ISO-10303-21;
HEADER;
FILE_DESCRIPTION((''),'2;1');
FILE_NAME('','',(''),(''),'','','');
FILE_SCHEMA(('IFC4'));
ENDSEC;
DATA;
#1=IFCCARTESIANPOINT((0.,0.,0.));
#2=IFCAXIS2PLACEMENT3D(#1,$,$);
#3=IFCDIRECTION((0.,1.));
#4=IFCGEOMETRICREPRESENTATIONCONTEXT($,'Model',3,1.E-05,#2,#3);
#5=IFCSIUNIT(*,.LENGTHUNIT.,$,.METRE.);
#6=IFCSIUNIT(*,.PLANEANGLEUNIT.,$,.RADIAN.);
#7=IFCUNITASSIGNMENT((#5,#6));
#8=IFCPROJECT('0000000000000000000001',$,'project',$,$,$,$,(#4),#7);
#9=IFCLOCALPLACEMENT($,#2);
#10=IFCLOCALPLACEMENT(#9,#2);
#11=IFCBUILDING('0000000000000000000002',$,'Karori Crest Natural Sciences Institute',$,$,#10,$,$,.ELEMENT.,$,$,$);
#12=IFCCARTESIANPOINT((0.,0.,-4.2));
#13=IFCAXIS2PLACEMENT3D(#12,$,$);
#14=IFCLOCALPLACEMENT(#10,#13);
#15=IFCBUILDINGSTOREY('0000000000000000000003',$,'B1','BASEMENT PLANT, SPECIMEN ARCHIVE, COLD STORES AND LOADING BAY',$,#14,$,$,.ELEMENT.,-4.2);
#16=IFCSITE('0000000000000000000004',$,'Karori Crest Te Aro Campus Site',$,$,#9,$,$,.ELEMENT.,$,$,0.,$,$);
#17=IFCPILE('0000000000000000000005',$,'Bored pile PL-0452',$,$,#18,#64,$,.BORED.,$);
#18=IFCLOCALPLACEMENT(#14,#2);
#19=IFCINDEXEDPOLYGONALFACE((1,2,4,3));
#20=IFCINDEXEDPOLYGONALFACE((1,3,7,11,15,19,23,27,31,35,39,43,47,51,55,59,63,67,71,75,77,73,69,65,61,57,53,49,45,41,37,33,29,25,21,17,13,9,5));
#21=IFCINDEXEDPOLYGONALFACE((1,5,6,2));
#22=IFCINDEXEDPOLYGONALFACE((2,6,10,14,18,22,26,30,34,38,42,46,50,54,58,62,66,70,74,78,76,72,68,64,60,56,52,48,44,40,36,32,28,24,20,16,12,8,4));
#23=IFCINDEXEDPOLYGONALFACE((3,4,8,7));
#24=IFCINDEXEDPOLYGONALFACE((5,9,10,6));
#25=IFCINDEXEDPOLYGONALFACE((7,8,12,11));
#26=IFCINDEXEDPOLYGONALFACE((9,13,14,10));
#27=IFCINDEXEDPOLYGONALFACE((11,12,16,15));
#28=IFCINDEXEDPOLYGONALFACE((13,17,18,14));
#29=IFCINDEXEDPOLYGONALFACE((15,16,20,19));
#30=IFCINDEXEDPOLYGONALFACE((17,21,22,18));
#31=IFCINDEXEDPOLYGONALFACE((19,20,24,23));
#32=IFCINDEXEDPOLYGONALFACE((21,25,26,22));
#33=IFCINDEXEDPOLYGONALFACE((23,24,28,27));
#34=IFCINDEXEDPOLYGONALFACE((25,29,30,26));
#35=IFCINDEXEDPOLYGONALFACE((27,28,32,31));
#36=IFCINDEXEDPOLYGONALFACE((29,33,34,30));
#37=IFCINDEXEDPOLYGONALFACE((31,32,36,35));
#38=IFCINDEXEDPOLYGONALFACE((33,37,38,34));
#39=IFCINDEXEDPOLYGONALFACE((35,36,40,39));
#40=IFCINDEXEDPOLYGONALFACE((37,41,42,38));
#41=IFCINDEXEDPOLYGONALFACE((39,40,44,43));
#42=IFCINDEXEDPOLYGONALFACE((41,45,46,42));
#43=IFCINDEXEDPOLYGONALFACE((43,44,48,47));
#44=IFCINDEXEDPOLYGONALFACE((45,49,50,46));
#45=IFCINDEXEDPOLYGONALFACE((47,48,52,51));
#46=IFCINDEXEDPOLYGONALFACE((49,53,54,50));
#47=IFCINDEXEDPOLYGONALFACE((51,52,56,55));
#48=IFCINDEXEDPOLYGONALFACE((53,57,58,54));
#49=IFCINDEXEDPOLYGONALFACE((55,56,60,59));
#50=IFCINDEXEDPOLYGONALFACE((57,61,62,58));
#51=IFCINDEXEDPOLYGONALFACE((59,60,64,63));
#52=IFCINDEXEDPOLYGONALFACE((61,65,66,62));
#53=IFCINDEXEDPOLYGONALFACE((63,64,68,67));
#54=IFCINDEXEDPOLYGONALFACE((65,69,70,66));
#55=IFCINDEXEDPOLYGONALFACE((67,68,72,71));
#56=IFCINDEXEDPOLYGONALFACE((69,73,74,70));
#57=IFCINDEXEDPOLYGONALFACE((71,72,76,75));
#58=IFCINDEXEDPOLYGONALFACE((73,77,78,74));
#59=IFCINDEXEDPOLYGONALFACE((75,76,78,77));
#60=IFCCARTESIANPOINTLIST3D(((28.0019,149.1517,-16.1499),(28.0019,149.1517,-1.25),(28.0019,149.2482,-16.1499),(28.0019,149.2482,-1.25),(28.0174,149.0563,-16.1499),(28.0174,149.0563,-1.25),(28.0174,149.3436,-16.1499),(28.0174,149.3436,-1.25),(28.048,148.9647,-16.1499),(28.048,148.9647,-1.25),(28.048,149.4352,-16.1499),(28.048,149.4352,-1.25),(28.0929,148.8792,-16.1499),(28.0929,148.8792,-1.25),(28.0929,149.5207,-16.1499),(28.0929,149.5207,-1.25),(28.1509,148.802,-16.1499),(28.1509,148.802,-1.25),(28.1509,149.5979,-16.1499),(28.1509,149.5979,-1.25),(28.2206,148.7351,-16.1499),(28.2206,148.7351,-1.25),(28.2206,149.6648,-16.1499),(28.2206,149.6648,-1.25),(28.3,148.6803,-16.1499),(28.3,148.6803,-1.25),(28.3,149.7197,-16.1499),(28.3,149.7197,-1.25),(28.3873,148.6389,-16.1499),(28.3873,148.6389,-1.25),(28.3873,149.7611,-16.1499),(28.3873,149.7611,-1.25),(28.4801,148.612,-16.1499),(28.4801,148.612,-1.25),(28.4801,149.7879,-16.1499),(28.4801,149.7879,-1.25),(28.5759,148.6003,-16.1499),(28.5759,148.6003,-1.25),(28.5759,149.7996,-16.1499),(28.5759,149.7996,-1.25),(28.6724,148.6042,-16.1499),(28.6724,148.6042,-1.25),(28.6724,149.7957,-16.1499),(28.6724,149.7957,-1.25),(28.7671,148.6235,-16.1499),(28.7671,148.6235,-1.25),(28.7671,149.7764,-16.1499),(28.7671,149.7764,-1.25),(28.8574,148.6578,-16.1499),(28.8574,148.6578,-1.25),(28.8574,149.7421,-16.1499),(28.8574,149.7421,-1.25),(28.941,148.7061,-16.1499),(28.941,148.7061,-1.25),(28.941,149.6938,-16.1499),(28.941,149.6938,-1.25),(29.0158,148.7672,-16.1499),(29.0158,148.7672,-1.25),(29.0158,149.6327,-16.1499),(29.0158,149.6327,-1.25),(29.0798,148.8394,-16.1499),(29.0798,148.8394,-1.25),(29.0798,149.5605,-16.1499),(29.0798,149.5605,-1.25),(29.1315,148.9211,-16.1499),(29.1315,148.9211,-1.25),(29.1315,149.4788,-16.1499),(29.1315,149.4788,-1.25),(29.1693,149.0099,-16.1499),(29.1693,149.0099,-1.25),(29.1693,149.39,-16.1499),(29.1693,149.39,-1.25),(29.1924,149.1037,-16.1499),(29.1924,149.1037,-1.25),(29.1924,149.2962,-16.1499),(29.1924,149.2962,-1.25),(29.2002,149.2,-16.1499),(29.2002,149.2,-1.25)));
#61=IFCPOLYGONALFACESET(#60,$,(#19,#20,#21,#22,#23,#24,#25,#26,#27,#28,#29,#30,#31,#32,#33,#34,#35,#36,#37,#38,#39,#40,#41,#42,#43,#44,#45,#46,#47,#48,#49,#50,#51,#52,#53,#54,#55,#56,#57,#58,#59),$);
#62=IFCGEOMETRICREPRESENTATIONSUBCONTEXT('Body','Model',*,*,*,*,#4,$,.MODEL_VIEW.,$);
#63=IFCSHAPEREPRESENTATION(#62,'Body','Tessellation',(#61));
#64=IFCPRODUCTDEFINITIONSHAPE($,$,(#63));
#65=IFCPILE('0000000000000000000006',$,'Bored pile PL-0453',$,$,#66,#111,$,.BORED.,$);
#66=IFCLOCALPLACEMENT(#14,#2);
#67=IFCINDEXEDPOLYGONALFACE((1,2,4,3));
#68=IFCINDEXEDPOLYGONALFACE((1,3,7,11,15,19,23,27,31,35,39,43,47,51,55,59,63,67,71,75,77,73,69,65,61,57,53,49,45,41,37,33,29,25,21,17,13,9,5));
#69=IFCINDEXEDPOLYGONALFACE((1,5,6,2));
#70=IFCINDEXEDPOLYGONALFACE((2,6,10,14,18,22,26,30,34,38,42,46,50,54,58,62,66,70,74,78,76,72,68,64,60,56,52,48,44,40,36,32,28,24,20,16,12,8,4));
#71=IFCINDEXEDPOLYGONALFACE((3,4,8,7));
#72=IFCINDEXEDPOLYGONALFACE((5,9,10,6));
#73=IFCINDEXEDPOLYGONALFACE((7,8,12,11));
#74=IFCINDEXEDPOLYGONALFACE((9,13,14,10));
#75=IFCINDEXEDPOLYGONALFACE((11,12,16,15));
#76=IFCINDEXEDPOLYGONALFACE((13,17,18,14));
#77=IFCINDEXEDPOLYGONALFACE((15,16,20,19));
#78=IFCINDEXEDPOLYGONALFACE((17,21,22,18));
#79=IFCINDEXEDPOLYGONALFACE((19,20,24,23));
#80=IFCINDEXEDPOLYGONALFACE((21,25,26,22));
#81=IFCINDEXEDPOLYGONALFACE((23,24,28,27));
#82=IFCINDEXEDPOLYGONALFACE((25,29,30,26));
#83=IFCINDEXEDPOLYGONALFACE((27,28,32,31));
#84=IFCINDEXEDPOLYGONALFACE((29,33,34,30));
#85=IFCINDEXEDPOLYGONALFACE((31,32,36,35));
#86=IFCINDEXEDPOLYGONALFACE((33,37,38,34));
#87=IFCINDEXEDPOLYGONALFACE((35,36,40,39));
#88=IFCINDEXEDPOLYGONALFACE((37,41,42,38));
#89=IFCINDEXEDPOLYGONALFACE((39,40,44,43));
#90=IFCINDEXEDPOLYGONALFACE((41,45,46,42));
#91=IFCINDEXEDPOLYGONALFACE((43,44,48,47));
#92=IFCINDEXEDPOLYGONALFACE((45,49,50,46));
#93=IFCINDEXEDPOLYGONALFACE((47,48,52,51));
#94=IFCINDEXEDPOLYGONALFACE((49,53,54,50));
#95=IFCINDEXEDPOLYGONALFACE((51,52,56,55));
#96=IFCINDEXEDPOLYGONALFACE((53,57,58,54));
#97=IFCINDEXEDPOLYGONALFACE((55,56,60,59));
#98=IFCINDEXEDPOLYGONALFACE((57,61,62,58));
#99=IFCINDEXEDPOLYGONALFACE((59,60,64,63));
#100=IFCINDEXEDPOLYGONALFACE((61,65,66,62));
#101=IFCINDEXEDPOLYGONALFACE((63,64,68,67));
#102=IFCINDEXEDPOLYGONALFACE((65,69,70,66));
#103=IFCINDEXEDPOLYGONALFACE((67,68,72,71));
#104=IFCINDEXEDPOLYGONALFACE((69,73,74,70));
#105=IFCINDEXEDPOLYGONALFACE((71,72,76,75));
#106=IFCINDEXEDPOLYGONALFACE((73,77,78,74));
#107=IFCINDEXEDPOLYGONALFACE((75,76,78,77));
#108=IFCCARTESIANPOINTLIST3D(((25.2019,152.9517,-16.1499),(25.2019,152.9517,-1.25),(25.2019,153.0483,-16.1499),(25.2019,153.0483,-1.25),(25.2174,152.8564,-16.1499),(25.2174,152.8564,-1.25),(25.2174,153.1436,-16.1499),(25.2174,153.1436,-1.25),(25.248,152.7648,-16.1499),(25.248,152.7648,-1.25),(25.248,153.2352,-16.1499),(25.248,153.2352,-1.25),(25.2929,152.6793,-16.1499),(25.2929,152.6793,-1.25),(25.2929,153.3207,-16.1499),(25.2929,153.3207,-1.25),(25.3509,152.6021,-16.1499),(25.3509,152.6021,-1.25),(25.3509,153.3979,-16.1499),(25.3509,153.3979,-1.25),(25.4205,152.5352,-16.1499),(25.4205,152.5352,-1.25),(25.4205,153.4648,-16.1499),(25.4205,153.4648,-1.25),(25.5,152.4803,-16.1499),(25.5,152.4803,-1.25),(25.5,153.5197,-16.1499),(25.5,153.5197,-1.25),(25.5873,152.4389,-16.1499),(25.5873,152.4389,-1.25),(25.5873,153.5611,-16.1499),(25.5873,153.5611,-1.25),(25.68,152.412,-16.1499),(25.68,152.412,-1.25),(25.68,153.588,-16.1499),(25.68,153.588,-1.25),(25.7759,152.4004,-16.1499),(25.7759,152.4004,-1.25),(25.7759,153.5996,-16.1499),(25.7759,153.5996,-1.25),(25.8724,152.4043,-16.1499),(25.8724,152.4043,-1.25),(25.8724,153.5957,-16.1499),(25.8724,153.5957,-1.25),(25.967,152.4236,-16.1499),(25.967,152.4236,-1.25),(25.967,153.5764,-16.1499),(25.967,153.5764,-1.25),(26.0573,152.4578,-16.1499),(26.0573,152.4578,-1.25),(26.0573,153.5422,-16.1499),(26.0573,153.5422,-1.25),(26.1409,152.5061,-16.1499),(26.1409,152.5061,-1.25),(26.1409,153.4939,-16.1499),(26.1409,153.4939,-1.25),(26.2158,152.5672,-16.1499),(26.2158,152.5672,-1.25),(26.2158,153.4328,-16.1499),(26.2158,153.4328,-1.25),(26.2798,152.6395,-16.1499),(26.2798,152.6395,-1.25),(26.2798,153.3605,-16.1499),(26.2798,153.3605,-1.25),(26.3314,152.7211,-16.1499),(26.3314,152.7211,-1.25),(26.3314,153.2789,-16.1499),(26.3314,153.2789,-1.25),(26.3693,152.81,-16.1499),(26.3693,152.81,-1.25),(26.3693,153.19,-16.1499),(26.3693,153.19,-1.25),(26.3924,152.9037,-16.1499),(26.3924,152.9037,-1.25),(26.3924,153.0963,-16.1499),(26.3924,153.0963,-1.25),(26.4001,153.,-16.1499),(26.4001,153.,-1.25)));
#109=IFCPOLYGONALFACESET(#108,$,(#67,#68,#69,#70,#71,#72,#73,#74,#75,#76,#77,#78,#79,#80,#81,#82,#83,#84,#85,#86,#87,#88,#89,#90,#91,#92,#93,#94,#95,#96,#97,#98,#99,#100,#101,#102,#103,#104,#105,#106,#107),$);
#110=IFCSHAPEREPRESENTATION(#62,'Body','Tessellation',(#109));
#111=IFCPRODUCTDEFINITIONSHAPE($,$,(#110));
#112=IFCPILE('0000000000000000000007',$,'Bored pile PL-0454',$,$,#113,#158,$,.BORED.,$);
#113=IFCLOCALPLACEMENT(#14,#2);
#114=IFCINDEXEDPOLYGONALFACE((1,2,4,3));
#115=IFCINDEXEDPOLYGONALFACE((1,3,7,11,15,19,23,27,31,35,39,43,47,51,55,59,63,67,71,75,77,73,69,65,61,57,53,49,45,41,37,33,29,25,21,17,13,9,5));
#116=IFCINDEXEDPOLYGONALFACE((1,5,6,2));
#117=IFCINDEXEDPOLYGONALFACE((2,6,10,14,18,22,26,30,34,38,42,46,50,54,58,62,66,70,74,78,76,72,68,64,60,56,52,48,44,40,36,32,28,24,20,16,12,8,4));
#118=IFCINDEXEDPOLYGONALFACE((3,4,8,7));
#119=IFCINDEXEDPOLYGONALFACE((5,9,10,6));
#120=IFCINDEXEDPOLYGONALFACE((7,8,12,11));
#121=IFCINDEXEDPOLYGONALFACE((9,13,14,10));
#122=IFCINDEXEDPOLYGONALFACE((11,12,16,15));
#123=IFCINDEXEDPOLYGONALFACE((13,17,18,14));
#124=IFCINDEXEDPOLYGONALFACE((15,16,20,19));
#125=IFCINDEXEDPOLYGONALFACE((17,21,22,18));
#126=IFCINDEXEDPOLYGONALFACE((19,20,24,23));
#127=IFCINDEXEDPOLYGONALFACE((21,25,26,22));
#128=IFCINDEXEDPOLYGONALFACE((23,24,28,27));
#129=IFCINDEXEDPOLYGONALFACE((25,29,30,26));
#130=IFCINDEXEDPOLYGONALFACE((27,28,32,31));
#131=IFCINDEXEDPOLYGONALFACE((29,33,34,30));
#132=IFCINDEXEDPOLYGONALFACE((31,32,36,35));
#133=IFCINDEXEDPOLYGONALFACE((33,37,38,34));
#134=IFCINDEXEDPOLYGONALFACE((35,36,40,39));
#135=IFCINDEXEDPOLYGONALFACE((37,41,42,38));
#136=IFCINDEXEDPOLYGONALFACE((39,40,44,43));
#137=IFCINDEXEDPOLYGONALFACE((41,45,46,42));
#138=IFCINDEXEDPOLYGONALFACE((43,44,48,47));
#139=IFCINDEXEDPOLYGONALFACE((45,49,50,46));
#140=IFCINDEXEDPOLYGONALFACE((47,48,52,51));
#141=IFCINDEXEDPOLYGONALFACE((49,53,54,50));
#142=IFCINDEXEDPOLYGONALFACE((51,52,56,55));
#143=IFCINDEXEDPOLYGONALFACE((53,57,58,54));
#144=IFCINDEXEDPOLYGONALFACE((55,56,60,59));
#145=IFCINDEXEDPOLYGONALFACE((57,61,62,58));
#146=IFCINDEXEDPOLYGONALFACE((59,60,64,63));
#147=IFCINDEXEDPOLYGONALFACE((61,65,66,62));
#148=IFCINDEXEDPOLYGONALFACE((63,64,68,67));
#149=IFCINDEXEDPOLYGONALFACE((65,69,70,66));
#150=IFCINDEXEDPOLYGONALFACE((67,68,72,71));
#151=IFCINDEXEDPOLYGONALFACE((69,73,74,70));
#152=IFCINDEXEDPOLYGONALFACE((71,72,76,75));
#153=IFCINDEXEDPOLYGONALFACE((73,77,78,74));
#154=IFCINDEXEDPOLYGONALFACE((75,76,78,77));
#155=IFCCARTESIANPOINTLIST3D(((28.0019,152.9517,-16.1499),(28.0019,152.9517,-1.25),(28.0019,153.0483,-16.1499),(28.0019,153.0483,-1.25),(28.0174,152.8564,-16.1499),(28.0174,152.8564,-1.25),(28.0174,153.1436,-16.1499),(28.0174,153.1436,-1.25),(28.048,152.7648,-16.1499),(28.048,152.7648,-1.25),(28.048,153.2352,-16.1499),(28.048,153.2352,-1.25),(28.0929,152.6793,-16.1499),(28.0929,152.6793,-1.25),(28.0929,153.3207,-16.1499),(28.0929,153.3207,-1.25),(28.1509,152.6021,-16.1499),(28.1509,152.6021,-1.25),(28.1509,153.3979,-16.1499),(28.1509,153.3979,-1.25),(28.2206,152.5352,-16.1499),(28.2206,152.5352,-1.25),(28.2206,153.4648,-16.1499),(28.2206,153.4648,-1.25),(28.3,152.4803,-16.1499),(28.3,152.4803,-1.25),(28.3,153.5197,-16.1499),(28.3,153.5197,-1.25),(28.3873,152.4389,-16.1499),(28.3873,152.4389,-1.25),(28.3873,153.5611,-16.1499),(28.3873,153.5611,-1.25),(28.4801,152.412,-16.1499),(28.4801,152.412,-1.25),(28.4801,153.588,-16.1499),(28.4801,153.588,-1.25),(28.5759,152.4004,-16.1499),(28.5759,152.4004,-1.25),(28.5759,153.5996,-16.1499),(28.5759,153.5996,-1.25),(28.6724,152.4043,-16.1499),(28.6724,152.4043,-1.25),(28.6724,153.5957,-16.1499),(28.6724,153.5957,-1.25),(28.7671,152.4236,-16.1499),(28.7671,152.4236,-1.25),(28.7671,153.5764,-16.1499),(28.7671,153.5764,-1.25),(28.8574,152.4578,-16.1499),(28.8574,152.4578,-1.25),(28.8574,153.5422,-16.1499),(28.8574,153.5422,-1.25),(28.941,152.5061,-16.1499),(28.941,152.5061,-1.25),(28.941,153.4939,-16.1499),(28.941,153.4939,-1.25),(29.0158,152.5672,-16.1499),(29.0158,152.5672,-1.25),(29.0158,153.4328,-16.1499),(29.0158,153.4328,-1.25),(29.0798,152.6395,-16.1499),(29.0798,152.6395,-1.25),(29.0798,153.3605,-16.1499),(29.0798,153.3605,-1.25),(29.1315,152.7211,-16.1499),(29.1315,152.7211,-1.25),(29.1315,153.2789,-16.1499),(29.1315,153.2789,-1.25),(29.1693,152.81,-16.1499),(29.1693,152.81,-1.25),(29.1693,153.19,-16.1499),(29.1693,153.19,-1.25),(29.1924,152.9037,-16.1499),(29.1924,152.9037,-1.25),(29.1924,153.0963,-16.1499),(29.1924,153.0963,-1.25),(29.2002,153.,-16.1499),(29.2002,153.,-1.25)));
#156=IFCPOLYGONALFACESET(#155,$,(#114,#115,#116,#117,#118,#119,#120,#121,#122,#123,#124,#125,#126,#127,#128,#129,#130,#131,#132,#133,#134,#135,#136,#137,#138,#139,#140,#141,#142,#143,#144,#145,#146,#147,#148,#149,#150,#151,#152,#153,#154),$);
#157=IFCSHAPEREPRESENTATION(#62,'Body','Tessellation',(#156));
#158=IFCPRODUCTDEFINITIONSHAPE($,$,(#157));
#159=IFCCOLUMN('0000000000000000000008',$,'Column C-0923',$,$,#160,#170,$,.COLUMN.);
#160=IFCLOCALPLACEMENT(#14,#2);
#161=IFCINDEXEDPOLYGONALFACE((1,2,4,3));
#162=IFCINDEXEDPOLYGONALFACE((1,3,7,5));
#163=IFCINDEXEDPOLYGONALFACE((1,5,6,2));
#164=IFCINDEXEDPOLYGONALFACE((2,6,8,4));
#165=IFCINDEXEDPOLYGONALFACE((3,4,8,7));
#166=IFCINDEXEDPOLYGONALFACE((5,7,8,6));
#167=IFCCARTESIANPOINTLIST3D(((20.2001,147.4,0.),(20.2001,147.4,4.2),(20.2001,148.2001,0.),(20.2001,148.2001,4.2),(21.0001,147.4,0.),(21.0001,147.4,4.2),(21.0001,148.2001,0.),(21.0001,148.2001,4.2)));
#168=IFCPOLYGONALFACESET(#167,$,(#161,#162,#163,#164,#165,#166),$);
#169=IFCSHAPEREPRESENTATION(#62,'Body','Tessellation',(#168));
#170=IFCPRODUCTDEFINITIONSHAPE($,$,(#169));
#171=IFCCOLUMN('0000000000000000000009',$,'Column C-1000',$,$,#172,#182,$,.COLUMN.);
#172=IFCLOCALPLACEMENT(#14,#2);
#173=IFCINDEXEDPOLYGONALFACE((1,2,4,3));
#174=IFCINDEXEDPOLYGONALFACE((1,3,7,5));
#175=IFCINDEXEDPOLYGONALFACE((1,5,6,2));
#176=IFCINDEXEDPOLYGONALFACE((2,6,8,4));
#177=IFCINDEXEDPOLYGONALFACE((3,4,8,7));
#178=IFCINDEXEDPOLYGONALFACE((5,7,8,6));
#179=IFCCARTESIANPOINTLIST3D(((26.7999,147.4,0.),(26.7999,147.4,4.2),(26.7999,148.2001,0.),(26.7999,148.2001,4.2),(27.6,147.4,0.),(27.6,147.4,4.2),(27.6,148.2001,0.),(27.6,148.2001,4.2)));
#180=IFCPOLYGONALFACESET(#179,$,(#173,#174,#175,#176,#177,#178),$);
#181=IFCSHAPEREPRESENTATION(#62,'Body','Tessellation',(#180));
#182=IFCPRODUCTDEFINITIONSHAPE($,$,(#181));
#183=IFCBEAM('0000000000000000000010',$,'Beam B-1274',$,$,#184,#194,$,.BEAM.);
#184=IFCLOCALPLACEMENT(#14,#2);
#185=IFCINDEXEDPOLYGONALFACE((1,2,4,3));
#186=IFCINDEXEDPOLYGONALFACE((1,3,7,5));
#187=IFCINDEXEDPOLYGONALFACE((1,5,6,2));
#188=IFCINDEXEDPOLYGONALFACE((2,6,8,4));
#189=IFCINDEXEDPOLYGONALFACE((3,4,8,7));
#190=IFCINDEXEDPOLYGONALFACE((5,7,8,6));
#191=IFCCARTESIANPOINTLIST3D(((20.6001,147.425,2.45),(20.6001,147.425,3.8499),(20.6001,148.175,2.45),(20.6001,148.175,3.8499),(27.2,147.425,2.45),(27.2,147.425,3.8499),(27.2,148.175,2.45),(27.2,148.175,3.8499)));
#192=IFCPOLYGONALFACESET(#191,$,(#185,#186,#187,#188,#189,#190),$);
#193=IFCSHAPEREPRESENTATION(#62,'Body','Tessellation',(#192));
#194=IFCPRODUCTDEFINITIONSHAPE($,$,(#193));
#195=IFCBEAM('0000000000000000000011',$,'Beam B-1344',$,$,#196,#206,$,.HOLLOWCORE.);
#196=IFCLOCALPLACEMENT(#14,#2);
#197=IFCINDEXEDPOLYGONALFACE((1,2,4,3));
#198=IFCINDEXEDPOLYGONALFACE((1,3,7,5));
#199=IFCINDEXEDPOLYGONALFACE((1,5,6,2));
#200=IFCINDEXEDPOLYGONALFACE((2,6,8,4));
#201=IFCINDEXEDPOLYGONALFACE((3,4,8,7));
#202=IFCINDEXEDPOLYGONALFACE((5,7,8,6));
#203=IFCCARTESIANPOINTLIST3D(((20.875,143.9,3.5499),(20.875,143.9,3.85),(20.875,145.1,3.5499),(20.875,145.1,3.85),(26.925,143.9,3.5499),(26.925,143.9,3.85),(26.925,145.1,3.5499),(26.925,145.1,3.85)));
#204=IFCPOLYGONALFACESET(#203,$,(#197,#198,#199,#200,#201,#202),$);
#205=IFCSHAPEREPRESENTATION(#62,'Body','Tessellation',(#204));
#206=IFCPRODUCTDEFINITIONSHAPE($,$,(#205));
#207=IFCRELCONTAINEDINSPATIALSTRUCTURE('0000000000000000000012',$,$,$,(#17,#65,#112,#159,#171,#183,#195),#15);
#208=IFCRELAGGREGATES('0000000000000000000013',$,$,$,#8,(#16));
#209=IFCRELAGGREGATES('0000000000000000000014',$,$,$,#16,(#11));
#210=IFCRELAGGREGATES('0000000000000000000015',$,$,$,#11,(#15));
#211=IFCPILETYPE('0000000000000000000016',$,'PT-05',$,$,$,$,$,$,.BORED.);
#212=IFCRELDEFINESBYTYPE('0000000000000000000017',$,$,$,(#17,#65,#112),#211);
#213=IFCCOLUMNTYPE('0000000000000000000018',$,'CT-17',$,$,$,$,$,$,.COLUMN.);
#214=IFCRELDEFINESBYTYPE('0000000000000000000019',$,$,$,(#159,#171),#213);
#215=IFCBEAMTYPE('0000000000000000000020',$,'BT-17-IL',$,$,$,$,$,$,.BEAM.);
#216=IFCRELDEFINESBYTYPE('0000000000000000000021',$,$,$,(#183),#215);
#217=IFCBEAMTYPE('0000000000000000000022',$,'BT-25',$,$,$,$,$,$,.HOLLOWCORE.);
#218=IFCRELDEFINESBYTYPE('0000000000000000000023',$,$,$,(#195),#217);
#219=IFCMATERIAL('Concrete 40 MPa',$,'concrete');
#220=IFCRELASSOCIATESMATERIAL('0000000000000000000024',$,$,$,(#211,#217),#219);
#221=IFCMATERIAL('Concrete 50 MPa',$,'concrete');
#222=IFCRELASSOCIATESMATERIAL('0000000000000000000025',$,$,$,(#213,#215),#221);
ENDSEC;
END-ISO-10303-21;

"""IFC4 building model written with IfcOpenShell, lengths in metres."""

from ifc_helpers import new_model, si_unit, direction, frame, origin, origin_2d, place, context, subcontext, project, spatial, rectangle, circle, extrude, material, material_profile, profile_set, type_object, element, save


model = new_model("IFC4")

# Units and contexts
model_context = context("Model", 3, precision=1e-05, world=origin(), true_north=direction((0.0, 1.0)))
body_context = subcontext(model_context, "Body", "Model", "MODEL_VIEW")
ifc_project = project(units=[si_unit("LENGTHUNIT", "METRE"), si_unit("PLANEANGLEUNIT", "RADIAN")], contexts=[model_context])

# Site, building, storey
site_placement = place(None, origin())
site = spatial("IfcSite", under=ifc_project, at=site_placement, Name="Karori Crest Te Aro Campus Site", CompositionType="ELEMENT", RefElevation=0.0)
building_placement = place(site_placement, origin())
building = spatial("IfcBuilding", under=site, at=building_placement, Name="Karori Crest Natural Sciences Institute", CompositionType="ELEMENT")
storey_placement = place(building_placement, frame((0.0, 0.0, -4.2)))
storey = spatial("IfcBuildingStorey", under=building, at=storey_placement, Name="B1", Description="BASEMENT PLANT, SPECIMEN ARCHIVE, COLD STORES AND LOADING BAY", CompositionType="ELEMENT", Elevation=-4.2)

# Shared definitions
ifc_material_1 = material(Name="Concrete 40 MPa", Category="concrete")

# Piles
ifc_material_profile_1 = material_profile(ifc_material_1, circle(Radius=0.6001, at=origin_2d()), Name="PILE1200")
ifc_profile_set_1 = profile_set([ifc_material_profile_1], Name="Concrete 40 MPa")
pile_type = type_object("IfcPileType", Name="PT-05", PredefinedType="BORED", material=ifc_profile_set_1)
for number, where, z_axis, x_axis, name in (
    (1, (28.6001, 149.2, -1.25), (0.0, 0.0, -1.0), (1.0, 0.0, 0.0), "Bored pile PL-0452"),
    (2, (25.8, 153.0, -1.25), (0.0, 0.0, -1.0), (1.0, 0.0, 0.0), "Bored pile PL-0453"),
    (3, (28.6001, 153.0, -1.25), (0.0, 0.0, -1.0), (1.0, 0.0, 0.0), "Bored pile PL-0454"),
):
    element("IfcPile", number, at=place(storey_placement, frame(where, z_axis=z_axis, x_axis=x_axis)), inside=storey, type_object=pile_type, Name=name, PredefinedType="BORED", context=body_context, shape_type="SweptSolid", body=[
        extrude(circle(Radius=0.6001, at=origin_2d()), origin(), (0.0, 0.0, 1.0), 14.8999),
    ])

# Columns
ifc_material_2 = material(Name="Concrete 50 MPa", Category="concrete")
ifc_material_profile_2 = material_profile(ifc_material_2, rectangle(XDim=0.8, YDim=0.8, at=origin_2d()), Name="RC800x800")
ifc_profile_set_2 = profile_set([ifc_material_profile_2], Name="Concrete 50 MPa")
column_type = type_object("IfcColumnType", Name="CT-17", PredefinedType="COLUMN", material=ifc_profile_set_2)
for number, where, z_axis, x_axis, name in (
    (4, (20.6001, 147.8, 0.0), (0.0, 0.0, 1.0), (1.0, 0.0, 0.0), "Column C-0923"),
    (5, (27.2, 147.8, 0.0), (0.0, 0.0, 1.0), (1.0, 0.0, 0.0), "Column C-1000"),
):
    element("IfcColumn", number, at=place(storey_placement, frame(where, z_axis=z_axis, x_axis=x_axis)), inside=storey, type_object=column_type, Name=name, PredefinedType="COLUMN", context=body_context, shape_type="SweptSolid", body=[
        extrude(rectangle(XDim=0.8, YDim=0.8, at=origin_2d()), origin(), (0.0, 0.0, 1.0), 4.2),
    ])

# Beams
ifc_material_profile_3 = material_profile(ifc_material_2, rectangle(XDim=0.75, YDim=1.3999, at=origin_2d()), Name="RCB750x1400")
ifc_profile_set_3 = profile_set([ifc_material_profile_3], Name="Concrete 50 MPa")
beam_type_1 = type_object("IfcBeamType", Name="BT-17-IL", PredefinedType="BEAM", material=ifc_profile_set_3)
beam_1_placement = place(storey_placement, frame((20.6001, 147.8, 3.1499), z_axis=(1.0, 0.0, 0.0), x_axis=(0.0, 1.0, 0.0)))
element("IfcBeam", 6, at=beam_1_placement, inside=storey, type_object=beam_type_1, Name="Beam B-1274", PredefinedType="BEAM", context=body_context, shape_type="SweptSolid", body=[
    extrude(rectangle(XDim=0.75, YDim=1.3999, at=origin_2d()), origin(), (0.0, 0.0, 1.0), 6.5999),
])
ifc_material_profile_4 = material_profile(ifc_material_1, rectangle(XDim=1.2, YDim=0.3, at=origin_2d()), Name="HCP1200x300")
ifc_profile_set_4 = profile_set([ifc_material_profile_4], Name="Concrete 40 MPa")
beam_type_2 = type_object("IfcBeamType", Name="BT-25", PredefinedType="HOLLOWCORE", material=ifc_profile_set_4)
beam_2_placement = place(storey_placement, frame((20.875, 144.5, 3.7), z_axis=(1.0, 0.0, 0.0), x_axis=(0.0, 1.0, 0.0)))
element("IfcBeam", 7, at=beam_2_placement, inside=storey, type_object=beam_type_2, Name="Beam B-1344", PredefinedType="HOLLOWCORE", context=body_context, shape_type="SweptSolid", body=[
    extrude(rectangle(XDim=1.2, YDim=0.3, at=origin_2d()), origin(), (0.0, 0.0, 1.0), 6.05),
])

save(model, "model.ifc")
